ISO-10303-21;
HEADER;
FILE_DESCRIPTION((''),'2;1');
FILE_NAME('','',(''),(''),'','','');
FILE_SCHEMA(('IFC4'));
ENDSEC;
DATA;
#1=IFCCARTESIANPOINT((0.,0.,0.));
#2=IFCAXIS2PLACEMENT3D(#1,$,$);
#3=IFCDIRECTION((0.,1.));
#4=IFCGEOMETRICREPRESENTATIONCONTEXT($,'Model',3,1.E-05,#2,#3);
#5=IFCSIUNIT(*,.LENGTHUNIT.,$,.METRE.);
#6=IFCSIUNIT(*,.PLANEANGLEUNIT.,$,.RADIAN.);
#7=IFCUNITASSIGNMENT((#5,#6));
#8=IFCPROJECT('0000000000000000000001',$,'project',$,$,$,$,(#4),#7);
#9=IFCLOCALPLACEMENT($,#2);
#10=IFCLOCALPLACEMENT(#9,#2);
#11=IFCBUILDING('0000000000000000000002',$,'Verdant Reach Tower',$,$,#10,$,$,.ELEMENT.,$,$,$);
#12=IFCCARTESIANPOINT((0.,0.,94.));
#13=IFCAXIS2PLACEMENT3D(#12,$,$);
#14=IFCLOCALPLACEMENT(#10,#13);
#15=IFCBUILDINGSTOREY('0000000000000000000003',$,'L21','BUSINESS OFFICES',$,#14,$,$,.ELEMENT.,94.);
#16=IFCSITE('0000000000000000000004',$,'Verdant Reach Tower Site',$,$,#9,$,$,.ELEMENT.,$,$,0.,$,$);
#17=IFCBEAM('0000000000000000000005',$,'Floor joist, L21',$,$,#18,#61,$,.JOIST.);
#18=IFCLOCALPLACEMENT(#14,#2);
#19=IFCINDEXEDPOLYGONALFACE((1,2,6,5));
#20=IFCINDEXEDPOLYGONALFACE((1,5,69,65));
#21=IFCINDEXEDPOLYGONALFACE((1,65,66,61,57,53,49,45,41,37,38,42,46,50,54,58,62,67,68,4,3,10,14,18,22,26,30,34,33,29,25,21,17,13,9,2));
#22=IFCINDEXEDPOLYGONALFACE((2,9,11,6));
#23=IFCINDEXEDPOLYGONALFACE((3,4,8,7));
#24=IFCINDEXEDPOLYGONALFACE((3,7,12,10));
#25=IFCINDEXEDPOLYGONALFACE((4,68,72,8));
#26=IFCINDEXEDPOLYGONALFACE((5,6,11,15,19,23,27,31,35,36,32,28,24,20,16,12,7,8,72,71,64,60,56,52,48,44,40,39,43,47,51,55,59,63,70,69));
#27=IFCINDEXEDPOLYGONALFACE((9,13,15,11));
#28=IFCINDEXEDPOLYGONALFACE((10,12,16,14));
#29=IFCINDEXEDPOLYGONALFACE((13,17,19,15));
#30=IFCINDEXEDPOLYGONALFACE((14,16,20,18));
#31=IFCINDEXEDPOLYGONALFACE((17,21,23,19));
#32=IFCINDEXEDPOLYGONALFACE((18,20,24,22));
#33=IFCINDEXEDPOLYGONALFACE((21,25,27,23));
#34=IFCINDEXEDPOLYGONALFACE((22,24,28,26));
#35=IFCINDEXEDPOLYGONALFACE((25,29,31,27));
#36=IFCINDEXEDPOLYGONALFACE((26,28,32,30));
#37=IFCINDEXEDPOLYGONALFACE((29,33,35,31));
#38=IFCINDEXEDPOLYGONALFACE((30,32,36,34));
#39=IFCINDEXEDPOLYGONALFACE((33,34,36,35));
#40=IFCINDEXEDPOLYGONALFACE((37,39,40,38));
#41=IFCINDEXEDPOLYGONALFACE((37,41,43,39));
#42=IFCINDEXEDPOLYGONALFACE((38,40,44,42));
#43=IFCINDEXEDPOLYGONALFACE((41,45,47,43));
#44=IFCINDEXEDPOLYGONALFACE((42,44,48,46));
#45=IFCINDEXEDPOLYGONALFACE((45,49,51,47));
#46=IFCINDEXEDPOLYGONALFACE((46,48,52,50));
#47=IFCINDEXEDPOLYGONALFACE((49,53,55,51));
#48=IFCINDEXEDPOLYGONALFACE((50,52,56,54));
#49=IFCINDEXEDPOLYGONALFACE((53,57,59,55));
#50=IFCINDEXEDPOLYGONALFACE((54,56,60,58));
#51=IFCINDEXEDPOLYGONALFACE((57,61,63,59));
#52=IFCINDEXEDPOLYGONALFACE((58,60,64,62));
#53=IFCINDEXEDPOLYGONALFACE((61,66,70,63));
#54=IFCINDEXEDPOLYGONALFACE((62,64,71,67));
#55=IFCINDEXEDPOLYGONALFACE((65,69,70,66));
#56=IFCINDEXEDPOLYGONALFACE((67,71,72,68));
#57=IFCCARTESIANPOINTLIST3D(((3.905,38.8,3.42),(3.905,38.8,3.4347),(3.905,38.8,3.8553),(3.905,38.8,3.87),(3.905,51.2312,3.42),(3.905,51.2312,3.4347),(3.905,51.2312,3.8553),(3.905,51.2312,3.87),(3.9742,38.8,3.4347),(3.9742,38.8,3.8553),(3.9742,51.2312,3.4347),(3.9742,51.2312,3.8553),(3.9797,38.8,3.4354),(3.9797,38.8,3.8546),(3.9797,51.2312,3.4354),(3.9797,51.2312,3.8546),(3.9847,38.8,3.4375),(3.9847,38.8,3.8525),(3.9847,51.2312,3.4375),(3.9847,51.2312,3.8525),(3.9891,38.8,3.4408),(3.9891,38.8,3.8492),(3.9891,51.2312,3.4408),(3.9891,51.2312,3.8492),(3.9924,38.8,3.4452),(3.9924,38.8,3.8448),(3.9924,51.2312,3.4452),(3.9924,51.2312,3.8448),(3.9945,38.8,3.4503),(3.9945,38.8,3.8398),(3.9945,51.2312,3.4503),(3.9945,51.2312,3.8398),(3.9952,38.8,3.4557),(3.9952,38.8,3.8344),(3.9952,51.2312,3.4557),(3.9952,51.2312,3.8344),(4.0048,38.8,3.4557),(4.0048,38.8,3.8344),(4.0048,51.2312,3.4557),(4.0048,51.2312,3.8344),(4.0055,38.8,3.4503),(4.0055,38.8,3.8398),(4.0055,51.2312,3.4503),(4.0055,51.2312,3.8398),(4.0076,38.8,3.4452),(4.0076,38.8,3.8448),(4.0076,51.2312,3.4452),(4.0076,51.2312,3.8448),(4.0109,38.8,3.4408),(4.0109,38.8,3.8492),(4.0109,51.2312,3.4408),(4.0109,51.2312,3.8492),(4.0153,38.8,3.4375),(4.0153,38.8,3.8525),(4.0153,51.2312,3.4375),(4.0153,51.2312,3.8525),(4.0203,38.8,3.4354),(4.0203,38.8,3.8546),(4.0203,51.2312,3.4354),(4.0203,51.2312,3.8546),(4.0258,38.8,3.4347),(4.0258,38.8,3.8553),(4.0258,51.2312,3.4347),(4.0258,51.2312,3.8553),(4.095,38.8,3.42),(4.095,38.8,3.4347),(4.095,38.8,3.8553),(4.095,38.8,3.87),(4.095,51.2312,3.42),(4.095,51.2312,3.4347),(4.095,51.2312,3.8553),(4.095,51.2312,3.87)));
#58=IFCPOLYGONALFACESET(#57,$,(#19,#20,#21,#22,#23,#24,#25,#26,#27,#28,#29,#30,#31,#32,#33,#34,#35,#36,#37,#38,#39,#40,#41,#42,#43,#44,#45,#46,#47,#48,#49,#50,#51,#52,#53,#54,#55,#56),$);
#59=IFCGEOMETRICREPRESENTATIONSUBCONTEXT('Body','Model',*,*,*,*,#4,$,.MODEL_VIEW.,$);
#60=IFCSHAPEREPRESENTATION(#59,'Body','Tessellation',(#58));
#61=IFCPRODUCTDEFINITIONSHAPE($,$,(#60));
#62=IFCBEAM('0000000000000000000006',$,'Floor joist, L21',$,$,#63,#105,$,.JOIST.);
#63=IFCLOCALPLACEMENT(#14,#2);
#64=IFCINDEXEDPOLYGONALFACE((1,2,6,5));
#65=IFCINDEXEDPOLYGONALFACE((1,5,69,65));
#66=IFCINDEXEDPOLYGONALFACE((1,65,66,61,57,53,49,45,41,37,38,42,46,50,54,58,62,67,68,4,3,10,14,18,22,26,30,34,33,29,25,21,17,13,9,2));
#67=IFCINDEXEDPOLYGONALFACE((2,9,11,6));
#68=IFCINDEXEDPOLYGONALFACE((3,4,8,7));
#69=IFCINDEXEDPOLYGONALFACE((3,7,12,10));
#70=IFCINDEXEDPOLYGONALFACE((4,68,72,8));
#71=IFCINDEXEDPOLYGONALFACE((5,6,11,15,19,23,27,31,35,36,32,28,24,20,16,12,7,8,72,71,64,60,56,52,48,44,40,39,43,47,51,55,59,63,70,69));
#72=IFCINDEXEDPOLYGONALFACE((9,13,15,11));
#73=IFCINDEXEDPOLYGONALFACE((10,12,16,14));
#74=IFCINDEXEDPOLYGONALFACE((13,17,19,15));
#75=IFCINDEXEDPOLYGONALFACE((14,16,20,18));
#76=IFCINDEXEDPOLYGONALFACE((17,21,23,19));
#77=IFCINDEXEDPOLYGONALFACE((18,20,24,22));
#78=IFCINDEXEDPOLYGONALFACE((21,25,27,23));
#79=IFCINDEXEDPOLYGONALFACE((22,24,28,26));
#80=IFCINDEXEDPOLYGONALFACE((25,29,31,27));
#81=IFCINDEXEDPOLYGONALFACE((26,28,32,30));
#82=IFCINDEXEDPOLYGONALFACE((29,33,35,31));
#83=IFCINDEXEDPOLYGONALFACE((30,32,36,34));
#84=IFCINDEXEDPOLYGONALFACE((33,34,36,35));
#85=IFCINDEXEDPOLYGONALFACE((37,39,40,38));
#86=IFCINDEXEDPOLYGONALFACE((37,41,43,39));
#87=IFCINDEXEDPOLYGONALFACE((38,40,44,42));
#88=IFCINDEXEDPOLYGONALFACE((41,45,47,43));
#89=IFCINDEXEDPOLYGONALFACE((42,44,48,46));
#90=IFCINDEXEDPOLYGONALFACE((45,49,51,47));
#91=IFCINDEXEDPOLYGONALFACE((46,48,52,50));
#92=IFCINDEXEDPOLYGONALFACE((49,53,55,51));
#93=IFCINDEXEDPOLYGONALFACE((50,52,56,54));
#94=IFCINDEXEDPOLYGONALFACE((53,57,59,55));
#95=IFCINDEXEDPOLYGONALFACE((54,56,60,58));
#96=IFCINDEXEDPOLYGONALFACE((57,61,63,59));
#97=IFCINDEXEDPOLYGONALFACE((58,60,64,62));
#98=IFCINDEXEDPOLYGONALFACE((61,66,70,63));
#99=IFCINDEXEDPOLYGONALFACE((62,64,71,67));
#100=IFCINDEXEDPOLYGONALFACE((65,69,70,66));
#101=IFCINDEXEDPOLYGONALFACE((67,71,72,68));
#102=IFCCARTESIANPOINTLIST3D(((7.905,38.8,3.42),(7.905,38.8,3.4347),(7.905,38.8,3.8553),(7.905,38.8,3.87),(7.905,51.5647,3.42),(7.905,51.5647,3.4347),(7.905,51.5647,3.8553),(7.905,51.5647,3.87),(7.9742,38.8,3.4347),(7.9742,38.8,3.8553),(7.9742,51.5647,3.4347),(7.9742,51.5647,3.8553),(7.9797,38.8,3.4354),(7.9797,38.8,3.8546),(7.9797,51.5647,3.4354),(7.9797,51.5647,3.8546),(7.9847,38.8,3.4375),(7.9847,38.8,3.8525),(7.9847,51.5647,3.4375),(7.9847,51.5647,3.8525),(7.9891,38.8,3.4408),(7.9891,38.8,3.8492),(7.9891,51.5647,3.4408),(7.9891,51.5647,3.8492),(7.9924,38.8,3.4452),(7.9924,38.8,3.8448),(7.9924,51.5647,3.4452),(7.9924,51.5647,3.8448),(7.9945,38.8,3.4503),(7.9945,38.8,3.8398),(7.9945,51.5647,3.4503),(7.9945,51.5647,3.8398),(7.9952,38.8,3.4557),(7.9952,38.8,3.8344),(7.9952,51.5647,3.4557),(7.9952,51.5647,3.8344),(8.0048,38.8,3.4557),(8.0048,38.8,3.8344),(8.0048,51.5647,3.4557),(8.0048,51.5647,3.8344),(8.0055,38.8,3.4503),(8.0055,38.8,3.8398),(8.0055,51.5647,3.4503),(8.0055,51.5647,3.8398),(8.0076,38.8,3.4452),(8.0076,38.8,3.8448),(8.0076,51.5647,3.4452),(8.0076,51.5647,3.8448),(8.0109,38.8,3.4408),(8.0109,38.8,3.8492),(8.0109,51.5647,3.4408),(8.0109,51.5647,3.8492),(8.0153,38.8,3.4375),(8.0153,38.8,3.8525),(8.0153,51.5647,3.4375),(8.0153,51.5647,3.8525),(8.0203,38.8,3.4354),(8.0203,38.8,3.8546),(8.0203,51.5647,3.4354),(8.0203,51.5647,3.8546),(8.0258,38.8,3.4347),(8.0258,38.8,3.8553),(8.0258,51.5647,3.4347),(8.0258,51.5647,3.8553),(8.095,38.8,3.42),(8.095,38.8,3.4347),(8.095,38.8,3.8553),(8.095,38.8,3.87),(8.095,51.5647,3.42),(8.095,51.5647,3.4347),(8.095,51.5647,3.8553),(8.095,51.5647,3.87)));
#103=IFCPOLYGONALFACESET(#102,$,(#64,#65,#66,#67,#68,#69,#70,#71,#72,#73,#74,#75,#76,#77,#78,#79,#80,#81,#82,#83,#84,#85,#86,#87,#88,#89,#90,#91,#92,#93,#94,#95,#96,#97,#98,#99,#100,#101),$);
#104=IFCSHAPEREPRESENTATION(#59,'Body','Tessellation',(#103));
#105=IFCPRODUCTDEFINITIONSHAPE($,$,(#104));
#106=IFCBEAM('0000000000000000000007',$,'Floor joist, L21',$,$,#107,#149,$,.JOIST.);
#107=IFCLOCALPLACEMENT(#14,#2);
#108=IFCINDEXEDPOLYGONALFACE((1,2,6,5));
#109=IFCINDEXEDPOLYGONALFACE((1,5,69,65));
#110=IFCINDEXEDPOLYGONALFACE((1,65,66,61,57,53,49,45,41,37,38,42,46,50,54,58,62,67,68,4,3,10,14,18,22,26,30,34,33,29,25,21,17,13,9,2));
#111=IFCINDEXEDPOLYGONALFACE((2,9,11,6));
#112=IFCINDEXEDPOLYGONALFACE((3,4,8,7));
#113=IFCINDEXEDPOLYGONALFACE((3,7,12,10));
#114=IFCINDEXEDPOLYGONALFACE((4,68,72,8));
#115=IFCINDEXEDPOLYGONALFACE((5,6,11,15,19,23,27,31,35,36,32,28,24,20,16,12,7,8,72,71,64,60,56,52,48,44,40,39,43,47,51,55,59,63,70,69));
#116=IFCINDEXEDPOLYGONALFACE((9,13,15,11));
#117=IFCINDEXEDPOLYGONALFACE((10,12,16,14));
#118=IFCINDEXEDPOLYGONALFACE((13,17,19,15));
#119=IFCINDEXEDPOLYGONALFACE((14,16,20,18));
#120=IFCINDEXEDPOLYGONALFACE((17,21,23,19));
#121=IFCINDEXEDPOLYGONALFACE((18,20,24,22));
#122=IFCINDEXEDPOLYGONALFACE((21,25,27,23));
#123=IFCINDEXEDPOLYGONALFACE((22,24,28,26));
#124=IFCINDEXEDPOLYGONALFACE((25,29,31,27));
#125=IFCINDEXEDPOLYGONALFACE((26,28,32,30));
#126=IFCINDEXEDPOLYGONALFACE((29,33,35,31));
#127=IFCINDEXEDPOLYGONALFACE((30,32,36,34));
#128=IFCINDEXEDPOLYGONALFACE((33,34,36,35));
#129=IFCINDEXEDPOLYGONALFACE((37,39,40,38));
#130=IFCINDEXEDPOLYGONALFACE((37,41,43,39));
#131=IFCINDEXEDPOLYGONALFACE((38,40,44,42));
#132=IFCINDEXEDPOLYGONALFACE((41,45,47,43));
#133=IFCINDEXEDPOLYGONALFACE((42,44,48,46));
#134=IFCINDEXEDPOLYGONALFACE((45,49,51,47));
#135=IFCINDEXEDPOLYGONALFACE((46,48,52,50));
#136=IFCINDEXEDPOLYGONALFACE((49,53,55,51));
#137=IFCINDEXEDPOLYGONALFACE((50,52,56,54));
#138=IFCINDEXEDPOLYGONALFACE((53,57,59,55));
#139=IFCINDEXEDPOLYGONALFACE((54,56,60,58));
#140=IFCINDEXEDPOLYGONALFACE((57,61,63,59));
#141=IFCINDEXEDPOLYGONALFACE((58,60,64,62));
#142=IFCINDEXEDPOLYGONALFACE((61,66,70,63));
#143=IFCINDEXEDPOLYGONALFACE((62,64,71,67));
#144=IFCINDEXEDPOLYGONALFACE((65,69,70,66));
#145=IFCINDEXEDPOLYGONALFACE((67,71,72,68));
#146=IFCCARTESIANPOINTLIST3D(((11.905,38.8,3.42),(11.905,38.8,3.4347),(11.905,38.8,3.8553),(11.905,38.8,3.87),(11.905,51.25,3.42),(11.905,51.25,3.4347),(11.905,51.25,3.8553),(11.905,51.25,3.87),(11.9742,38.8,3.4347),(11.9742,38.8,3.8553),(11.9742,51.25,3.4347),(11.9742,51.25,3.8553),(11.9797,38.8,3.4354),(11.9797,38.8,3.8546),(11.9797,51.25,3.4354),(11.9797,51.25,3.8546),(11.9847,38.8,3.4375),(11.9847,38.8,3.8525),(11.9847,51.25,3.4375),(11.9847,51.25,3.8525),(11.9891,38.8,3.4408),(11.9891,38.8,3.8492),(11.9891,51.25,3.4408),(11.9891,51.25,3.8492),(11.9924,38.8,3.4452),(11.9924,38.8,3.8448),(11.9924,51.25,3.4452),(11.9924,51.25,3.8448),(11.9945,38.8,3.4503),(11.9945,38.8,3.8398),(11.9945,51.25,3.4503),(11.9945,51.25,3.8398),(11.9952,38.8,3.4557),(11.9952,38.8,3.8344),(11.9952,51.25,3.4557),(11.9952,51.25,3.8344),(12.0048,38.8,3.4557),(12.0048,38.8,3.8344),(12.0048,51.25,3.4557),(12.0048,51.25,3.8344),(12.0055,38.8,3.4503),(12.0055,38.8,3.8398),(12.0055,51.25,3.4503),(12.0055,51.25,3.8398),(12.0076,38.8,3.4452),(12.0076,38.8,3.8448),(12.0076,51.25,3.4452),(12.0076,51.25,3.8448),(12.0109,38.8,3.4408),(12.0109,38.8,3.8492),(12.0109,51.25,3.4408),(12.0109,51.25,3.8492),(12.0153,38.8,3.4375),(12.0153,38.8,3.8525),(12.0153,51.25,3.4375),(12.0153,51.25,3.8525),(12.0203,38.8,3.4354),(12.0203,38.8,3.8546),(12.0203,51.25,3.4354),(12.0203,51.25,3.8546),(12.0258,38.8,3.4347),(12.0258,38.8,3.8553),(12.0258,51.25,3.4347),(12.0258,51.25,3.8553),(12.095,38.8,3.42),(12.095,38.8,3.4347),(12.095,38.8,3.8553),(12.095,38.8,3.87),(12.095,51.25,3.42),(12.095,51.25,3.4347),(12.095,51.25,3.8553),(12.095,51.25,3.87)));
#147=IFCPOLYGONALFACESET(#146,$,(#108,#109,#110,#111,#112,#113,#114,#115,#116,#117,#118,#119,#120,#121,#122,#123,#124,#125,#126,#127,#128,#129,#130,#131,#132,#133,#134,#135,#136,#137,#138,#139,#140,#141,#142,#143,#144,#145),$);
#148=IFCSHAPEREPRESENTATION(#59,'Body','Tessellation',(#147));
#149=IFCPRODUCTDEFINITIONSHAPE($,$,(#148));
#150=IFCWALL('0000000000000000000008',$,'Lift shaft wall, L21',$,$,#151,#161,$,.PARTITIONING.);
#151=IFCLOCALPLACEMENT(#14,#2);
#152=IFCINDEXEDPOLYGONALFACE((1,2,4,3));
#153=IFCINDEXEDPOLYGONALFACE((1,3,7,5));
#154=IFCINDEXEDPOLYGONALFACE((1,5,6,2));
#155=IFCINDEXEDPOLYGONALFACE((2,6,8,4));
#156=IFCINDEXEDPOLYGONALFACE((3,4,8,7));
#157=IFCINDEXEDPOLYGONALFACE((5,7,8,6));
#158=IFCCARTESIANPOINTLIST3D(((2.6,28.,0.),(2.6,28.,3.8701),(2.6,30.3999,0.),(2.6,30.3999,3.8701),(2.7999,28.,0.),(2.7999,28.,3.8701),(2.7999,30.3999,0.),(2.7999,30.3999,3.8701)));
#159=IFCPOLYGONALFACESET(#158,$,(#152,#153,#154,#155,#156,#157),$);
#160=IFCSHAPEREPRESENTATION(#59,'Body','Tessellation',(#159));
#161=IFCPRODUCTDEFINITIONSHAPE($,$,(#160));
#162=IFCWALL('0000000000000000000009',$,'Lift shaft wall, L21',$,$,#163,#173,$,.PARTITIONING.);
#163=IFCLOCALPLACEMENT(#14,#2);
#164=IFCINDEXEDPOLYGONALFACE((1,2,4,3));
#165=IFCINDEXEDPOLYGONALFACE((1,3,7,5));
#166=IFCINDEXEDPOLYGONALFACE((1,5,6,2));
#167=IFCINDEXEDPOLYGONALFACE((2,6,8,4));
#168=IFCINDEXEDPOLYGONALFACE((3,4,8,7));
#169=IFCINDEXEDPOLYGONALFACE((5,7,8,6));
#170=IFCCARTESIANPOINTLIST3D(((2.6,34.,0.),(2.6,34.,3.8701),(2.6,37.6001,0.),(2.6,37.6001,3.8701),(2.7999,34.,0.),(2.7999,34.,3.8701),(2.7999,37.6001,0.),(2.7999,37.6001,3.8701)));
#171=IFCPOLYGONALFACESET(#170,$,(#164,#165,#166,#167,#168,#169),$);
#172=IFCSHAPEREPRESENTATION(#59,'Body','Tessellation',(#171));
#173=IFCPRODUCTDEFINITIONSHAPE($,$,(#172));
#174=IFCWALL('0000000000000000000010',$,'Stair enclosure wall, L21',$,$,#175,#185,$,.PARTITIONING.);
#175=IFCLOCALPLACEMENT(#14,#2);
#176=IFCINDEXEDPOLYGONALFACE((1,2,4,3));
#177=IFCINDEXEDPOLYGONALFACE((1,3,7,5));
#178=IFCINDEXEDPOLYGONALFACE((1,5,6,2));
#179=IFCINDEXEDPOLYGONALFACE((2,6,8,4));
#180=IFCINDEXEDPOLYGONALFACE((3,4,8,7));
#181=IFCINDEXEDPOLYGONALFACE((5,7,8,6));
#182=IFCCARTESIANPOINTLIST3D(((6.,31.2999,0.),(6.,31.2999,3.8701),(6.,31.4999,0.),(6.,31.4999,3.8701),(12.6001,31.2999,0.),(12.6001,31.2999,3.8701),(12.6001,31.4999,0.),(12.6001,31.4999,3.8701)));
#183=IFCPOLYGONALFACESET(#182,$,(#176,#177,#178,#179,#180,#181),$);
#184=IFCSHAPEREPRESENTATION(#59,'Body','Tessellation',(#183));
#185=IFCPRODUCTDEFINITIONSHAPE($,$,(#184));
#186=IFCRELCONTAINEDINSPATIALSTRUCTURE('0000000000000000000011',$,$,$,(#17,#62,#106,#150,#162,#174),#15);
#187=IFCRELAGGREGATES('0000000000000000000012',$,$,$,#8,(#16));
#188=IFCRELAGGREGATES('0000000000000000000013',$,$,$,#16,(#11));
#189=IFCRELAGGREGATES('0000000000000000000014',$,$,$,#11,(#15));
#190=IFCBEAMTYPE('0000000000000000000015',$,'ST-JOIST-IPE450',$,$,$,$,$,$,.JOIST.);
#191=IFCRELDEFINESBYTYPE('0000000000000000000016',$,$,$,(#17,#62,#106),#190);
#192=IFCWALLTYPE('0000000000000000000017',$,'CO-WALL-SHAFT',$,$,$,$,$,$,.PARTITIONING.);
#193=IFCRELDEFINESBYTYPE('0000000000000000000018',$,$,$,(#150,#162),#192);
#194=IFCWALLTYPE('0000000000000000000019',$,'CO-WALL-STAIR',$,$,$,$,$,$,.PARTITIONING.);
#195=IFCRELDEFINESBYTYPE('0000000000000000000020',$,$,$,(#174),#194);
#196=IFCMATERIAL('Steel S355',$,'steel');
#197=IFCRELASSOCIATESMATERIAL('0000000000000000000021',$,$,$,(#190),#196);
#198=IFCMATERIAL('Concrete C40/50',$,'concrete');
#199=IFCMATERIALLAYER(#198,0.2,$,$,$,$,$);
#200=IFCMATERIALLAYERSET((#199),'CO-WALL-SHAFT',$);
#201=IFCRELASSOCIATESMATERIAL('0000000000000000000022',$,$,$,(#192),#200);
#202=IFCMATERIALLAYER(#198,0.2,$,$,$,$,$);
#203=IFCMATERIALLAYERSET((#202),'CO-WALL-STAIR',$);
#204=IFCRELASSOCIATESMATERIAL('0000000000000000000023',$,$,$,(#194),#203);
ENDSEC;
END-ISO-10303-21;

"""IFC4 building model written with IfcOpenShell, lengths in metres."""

from ifc_helpers import new_model, si_unit, direction, frame, frame_2d, origin, origin_2d, place, context, subcontext, project, spatial, rectangle, i_section, extrude, material, layer, layer_set, material_profile, profile_set, type_object, element, save


model = new_model("IFC4")

# Units and contexts
model_context = context("Model", 3, precision=1e-05, world=origin(), true_north=direction((0.0, 1.0)))
body_context = subcontext(model_context, "Body", "Model", "MODEL_VIEW")
ifc_project = project(units=[si_unit("LENGTHUNIT", "METRE"), si_unit("PLANEANGLEUNIT", "RADIAN")], contexts=[model_context])

# Site, building, storey
site_placement = place(None, origin())
site = spatial("IfcSite", under=ifc_project, at=site_placement, Name="Verdant Reach Tower Site", CompositionType="ELEMENT", RefElevation=0.0)
building_placement = place(site_placement, origin())
building = spatial("IfcBuilding", under=site, at=building_placement, Name="Verdant Reach Tower", CompositionType="ELEMENT")
storey_placement = place(building_placement, frame((0.0, 0.0, 94.0)))
storey = spatial("IfcBuildingStorey", under=building, at=storey_placement, Name="L21", Description="BUSINESS OFFICES", CompositionType="ELEMENT", Elevation=94.0)

# Beams
ifc_material_1 = material(Name="Steel S355", Category="steel")
ifc_material_profile_1 = material_profile(ifc_material_1, i_section(OverallWidth=0.1899, OverallDepth=0.45, WebThickness=0.0095, FlangeThickness=0.0146, FilletRadius=0.021, at=origin_2d()), Name="IPE 450")
ifc_profile_set_1 = profile_set([ifc_material_profile_1], Name="Steel S355")
beam_type_1 = type_object("IfcBeamType", Name="ST-JOIST-IPE450", PredefinedType="JOIST", material=ifc_profile_set_1)
beam_1_placement = place(storey_placement, frame((4.0, 38.8, 3.645), z_axis=(0.0, 1.0, 0.0), x_axis=(-1.0, 0.0, 0.0)))
element("IfcBeam", 1, at=beam_1_placement, inside=storey, type_object=beam_type_1, Name="Floor joist, L21", PredefinedType="JOIST", context=body_context, shape_type="SweptSolid", body=[
    extrude(i_section(OverallWidth=0.1899, OverallDepth=0.45, WebThickness=0.0095, FlangeThickness=0.0146, FilletRadius=0.021, at=origin_2d()), origin(), (0.0, 0.0, 1.0), 12.4312),
])
beam_2_placement = place(storey_placement, frame((8.0, 38.8, 3.645), z_axis=(0.0, 1.0, 0.0), x_axis=(-1.0, 0.0, 0.0)))
element("IfcBeam", 2, at=beam_2_placement, inside=storey, type_object=beam_type_1, Name="Floor joist, L21", PredefinedType="JOIST", context=body_context, shape_type="SweptSolid", body=[
    extrude(i_section(OverallWidth=0.1899, OverallDepth=0.45, WebThickness=0.0095, FlangeThickness=0.0146, FilletRadius=0.021, at=origin_2d()), origin(), (0.0, 0.0, 1.0), 12.7646),
])
beam_3_placement = place(storey_placement, frame((12.0, 38.8, 3.645), z_axis=(0.0, 1.0, 0.0), x_axis=(-1.0, 0.0, 0.0)))
element("IfcBeam", 3, at=beam_3_placement, inside=storey, type_object=beam_type_1, Name="Floor joist, L21", PredefinedType="JOIST", context=body_context, shape_type="SweptSolid", body=[
    extrude(i_section(OverallWidth=0.1899, OverallDepth=0.45, WebThickness=0.0095, FlangeThickness=0.0146, FilletRadius=0.021, at=origin_2d()), origin(), (0.0, 0.0, 1.0), 12.45),
])

# Walls
ifc_material_2 = material(Name="Concrete C40/50", Category="concrete")
ifc_layer_1 = layer(ifc_material_2, 0.2)
ifc_layer_set_1 = layer_set([ifc_layer_1], Name="CO-WALL-SHAFT")
wall_type_1 = type_object("IfcWallType", Name="CO-WALL-SHAFT", PredefinedType="PARTITIONING", material=ifc_layer_set_1)
wall_1_placement = place(storey_placement, frame((2.7, 28.0, 0.0), z_axis=(0.0, 0.0, 1.0), x_axis=(0.0, 1.0, 0.0)))
element("IfcWall", 4, at=wall_1_placement, inside=storey, type_object=wall_type_1, Name="Lift shaft wall, L21", PredefinedType="PARTITIONING", context=body_context, shape_type="SweptSolid", body=[
    extrude(rectangle(XDim=2.3999, YDim=0.2, at=frame_2d((1.2, 0.0))), origin(), (0.0, 0.0, 1.0), 3.8701),
])
wall_2_placement = place(storey_placement, frame((2.7, 34.0, 0.0), z_axis=(0.0, 0.0, 1.0), x_axis=(0.0, 1.0, 0.0)))
element("IfcWall", 5, at=wall_2_placement, inside=storey, type_object=wall_type_1, Name="Lift shaft wall, L21", PredefinedType="PARTITIONING", context=body_context, shape_type="SweptSolid", body=[
    extrude(rectangle(XDim=3.6001, YDim=0.2, at=frame_2d((1.8, 0.0))), origin(), (0.0, 0.0, 1.0), 3.8701),
])
ifc_layer_2 = layer(ifc_material_2, 0.2)
ifc_layer_set_2 = layer_set([ifc_layer_2], Name="CO-WALL-STAIR")
wall_type_2 = type_object("IfcWallType", Name="CO-WALL-STAIR", PredefinedType="PARTITIONING", material=ifc_layer_set_2)
wall_3_placement = place(storey_placement, frame((6.0, 31.3999, 0.0), z_axis=(0.0, 0.0, 1.0), x_axis=(1.0, 0.0, 0.0)))
element("IfcWall", 6, at=wall_3_placement, inside=storey, type_object=wall_type_2, Name="Stair enclosure wall, L21", PredefinedType="PARTITIONING", context=body_context, shape_type="SweptSolid", body=[
    extrude(rectangle(XDim=6.6001, YDim=0.2, at=frame_2d((3.3, 0.0))), origin(), (0.0, 0.0, 1.0), 3.8701),
])

save(model, "model.ifc")
